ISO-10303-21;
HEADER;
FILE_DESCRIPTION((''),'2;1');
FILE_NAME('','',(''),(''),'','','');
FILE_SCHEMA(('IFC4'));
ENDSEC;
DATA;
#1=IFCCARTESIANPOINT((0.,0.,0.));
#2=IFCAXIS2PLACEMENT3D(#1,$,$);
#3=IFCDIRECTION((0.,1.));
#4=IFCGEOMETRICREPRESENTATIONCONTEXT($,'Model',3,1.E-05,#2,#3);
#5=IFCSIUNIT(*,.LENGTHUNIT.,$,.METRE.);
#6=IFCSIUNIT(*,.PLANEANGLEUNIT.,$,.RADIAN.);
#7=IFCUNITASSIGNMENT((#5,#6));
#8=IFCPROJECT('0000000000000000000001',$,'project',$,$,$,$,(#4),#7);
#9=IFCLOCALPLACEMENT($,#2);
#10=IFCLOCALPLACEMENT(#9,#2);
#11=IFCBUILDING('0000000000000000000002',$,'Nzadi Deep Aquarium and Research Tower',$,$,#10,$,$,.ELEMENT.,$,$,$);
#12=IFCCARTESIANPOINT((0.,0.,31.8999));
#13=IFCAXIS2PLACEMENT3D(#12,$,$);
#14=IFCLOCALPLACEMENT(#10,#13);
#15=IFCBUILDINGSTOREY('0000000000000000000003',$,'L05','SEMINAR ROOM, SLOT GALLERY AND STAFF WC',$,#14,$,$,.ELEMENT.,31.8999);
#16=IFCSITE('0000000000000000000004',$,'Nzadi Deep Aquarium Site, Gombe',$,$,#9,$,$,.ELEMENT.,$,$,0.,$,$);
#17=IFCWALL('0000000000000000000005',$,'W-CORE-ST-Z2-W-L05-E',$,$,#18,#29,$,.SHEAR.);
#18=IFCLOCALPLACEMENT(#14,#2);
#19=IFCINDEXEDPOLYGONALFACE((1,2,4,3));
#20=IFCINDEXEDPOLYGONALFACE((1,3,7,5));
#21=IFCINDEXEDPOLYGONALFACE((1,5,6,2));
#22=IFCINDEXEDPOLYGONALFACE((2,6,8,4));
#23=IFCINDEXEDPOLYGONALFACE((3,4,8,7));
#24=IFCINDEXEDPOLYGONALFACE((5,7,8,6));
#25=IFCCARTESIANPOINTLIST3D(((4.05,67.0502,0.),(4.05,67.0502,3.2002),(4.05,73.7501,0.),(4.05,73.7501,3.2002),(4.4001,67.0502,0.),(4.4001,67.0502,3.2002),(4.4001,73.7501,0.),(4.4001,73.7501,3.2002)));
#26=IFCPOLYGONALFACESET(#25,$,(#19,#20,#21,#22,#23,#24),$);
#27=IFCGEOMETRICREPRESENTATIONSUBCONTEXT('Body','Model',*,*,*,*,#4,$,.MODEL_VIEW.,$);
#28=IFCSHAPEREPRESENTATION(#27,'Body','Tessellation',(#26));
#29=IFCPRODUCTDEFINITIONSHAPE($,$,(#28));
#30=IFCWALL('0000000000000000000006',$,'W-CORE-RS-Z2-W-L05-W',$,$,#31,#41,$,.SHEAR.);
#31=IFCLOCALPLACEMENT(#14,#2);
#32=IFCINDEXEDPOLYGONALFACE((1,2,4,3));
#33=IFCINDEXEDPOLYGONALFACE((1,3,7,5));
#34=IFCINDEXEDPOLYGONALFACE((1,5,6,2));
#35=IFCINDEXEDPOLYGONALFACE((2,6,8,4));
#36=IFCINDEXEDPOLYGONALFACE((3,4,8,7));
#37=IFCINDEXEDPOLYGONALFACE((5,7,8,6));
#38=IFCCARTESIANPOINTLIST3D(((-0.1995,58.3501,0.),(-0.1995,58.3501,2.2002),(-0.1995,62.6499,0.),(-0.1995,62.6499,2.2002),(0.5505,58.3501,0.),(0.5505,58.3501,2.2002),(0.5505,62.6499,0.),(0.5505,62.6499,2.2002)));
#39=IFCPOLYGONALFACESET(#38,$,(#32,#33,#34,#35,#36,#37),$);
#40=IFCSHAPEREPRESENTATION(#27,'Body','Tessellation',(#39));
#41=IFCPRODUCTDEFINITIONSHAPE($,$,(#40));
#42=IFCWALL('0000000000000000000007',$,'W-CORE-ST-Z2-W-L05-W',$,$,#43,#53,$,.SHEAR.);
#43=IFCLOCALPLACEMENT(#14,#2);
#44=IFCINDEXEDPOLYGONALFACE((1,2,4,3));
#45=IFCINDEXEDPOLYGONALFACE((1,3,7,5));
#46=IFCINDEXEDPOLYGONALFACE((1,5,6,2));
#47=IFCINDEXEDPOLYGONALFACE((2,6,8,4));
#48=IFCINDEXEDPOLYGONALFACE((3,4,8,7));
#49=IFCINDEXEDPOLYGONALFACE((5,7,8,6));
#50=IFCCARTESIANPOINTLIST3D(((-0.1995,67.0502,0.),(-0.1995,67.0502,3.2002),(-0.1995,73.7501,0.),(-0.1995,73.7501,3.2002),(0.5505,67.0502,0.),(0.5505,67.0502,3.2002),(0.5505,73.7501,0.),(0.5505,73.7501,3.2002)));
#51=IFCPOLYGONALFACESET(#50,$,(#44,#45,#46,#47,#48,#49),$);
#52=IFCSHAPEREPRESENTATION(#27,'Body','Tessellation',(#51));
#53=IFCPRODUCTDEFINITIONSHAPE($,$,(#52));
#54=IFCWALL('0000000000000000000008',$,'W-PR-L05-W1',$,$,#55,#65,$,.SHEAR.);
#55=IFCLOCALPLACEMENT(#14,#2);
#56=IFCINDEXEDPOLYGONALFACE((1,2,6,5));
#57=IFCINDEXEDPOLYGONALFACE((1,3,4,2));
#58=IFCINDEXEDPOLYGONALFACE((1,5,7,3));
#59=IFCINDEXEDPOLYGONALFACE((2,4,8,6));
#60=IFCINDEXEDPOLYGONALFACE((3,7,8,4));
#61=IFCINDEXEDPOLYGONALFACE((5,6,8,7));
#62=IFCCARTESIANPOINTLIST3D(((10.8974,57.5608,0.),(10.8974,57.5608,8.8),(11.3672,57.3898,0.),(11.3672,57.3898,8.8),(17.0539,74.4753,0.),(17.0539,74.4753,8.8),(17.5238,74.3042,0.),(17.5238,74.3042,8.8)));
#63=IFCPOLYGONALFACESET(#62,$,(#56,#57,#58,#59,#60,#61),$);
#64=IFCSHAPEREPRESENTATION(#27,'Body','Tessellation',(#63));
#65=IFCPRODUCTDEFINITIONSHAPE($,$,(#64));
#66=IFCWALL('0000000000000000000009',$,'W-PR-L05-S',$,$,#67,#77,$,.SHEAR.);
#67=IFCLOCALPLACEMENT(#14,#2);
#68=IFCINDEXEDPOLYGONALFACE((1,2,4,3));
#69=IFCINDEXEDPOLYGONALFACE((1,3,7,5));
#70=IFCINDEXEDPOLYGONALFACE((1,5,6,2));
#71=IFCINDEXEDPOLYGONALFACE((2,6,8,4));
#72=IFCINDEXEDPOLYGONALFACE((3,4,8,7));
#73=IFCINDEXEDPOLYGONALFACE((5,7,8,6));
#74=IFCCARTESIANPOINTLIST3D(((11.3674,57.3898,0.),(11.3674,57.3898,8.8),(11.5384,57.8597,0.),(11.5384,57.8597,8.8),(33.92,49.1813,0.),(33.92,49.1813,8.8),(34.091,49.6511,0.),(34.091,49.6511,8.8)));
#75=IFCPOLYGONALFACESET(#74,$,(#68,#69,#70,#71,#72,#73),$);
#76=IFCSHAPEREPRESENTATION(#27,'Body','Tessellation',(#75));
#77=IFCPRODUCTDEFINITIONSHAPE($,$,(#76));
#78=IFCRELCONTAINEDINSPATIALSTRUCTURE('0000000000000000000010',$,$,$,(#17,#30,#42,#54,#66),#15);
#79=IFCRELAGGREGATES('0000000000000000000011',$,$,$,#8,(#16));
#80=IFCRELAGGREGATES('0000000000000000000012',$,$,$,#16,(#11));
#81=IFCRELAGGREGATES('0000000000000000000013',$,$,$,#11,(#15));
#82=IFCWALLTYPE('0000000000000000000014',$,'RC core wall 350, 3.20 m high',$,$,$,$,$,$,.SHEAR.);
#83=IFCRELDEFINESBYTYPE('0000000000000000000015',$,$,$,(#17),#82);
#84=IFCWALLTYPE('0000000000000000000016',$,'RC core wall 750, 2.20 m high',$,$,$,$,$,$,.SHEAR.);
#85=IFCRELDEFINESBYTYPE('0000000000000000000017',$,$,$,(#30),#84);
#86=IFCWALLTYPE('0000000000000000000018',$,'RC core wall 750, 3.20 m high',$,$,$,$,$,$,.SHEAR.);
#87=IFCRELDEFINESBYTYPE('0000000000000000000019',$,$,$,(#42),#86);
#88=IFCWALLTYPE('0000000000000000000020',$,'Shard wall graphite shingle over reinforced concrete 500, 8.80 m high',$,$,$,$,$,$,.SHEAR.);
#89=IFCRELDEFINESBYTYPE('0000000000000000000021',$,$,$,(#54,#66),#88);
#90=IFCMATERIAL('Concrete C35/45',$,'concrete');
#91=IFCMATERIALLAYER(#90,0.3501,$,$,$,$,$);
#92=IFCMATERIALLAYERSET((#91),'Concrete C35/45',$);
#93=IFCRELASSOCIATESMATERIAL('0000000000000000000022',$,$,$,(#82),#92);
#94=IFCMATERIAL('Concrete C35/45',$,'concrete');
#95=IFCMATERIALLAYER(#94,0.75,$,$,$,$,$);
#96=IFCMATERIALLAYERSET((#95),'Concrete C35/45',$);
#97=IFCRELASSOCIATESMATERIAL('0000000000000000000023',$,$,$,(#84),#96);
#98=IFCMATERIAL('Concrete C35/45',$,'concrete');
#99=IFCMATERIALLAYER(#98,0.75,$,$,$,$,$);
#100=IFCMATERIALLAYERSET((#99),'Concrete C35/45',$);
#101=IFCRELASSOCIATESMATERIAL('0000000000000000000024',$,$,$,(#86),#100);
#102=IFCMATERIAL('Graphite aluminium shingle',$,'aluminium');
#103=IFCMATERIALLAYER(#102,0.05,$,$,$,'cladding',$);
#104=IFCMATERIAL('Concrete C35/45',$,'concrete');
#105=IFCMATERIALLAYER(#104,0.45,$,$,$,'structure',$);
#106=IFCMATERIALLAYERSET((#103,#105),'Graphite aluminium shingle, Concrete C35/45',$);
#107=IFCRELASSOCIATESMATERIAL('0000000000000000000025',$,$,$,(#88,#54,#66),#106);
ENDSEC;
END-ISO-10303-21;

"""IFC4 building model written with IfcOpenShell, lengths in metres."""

from ifc_helpers import new_model, si_unit, direction, frame, frame_2d, origin, place, context, subcontext, project, spatial, rectangle, extrude, material, layer, layer_set, layer_usage, type_object, element, save


model = new_model("IFC4")

# Units and contexts
model_context = context("Model", 3, precision=1e-05, world=origin(), true_north=direction((0.0, 1.0)))
body_context = subcontext(model_context, "Body", "Model", "MODEL_VIEW")
ifc_project = project(units=[si_unit("LENGTHUNIT", "METRE"), si_unit("PLANEANGLEUNIT", "RADIAN")], contexts=[model_context])

# Site, building, storey
site_placement = place(None, origin())
site = spatial("IfcSite", under=ifc_project, at=site_placement, Name="Nzadi Deep Aquarium Site, Gombe", CompositionType="ELEMENT", RefElevation=0.0)
building_placement = place(site_placement, origin())
building = spatial("IfcBuilding", under=site, at=building_placement, Name="Nzadi Deep Aquarium and Research Tower", CompositionType="ELEMENT")
storey_placement = place(building_placement, frame((0.0, 0.0, 31.8999)))
storey = spatial("IfcBuildingStorey", under=building, at=storey_placement, Name="L05", Description="SEMINAR ROOM, SLOT GALLERY AND STAFF WC", CompositionType="ELEMENT", Elevation=31.8999)

# Shared definitions
ifc_material_1 = material(Name="Graphite aluminium shingle", Category="aluminium")
ifc_material_2 = material(Name="Concrete C35/45", Category="concrete")

# Shared definitions
ifc_material_3 = material(Name="Concrete C35/45", Category="concrete")
ifc_layer_1 = layer(ifc_material_3, 0.3501)
ifc_layer_set_1 = layer_set([ifc_layer_1], Name="Concrete C35/45")
wall_type_1 = type_object("IfcWallType", Name="RC core wall 350, 3.20 m high", PredefinedType="SHEAR", material=ifc_layer_set_1)

# Walls
wall_1_placement = place(storey_placement, frame((4.2251, 67.05, 0.0), z_axis=(0.0, 0.0, 1.0), x_axis=(0.0, 1.0, 0.0)))
element("IfcWall", 1, at=wall_1_placement, inside=storey, type_object=wall_type_1, Name="W-CORE-ST-Z2-W-L05-E", PredefinedType="SHEAR", context=body_context, shape_type="SweptSolid", body=[
    extrude(rectangle(XDim=6.7, YDim=0.3501, at=frame_2d((3.3501, 0.0))), origin(), (0.0, 0.0, 1.0), 3.2002),
])
ifc_material_4 = material(Name="Concrete C35/45", Category="concrete")
ifc_layer_2 = layer(ifc_material_4, 0.75)
ifc_layer_set_2 = layer_set([ifc_layer_2], Name="Concrete C35/45")
wall_type_2 = type_object("IfcWallType", Name="RC core wall 750, 2.20 m high", PredefinedType="SHEAR", material=ifc_layer_set_2)
wall_2_placement = place(storey_placement, frame((0.1755, 58.3501, 0.0), z_axis=(0.0, 0.0, 1.0), x_axis=(0.0, 1.0, 0.0)))
element("IfcWall", 2, at=wall_2_placement, inside=storey, type_object=wall_type_2, Name="W-CORE-RS-Z2-W-L05-W", PredefinedType="SHEAR", context=body_context, shape_type="SweptSolid", body=[
    extrude(rectangle(XDim=4.2998, YDim=0.75, at=frame_2d((2.1499, 0.0))), origin(), (0.0, 0.0, 1.0), 2.2002),
])
ifc_material_5 = material(Name="Concrete C35/45", Category="concrete")
ifc_layer_3 = layer(ifc_material_5, 0.75)
ifc_layer_set_3 = layer_set([ifc_layer_3], Name="Concrete C35/45")
wall_type_3 = type_object("IfcWallType", Name="RC core wall 750, 3.20 m high", PredefinedType="SHEAR", material=ifc_layer_set_3)
wall_3_placement = place(storey_placement, frame((0.1755, 67.05, 0.0), z_axis=(0.0, 0.0, 1.0), x_axis=(0.0, 1.0, 0.0)))
element("IfcWall", 3, at=wall_3_placement, inside=storey, type_object=wall_type_3, Name="W-CORE-ST-Z2-W-L05-W", PredefinedType="SHEAR", context=body_context, shape_type="SweptSolid", body=[
    extrude(rectangle(XDim=6.7, YDim=0.75, at=frame_2d((3.3501, 0.0))), origin(), (0.0, 0.0, 1.0), 3.2002),
])
ifc_layer_4 = layer(ifc_material_1, 0.05, Category="cladding")
ifc_layer_5 = layer(ifc_material_2, 0.45, Category="structure")
ifc_layer_set_4 = layer_set([ifc_layer_4, ifc_layer_5], Name="Graphite aluminium shingle, Concrete C35/45")
ifc_layer_usage_1 = layer_usage(ifc_layer_set_4, "AXIS2", "POSITIVE", -0.25)
wall_type_4 = type_object("IfcWallType", Name="Shard wall graphite shingle over reinforced concrete 500, 8.80 m high", PredefinedType="SHEAR", material=ifc_layer_set_4)
wall_4_placement = place(storey_placement, frame((11.1323, 57.4753, 0.0), z_axis=(0.0, 0.0, 1.0), x_axis=(0.342029, 0.939689, 0.0)))
element("IfcWall", 4, at=wall_4_placement, inside=storey, type_object=wall_type_4, material=ifc_layer_usage_1, Name="W-PR-L05-W1", PredefinedType="SHEAR", context=body_context, shape_type="SweptSolid", body=[
    extrude(rectangle(XDim=18.0, YDim=0.5, at=frame_2d((9.0, 0.0))), origin(), (0.0, 0.0, 1.0), 8.8),
])
ifc_layer_usage_2 = layer_usage(ifc_layer_set_4, "AXIS2", "POSITIVE", -0.25)
wall_5_placement = place(storey_placement, frame((11.4529, 57.6248, 0.0), z_axis=(0.0, 0.0, 1.0), x_axis=(0.939692, -0.342022, 0.0)))
element("IfcWall", 5, at=wall_5_placement, inside=storey, type_object=wall_type_4, material=ifc_layer_usage_2, Name="W-PR-L05-S", PredefinedType="SHEAR", context=body_context, shape_type="SweptSolid", body=[
    extrude(rectangle(XDim=24.0, YDim=0.5, at=frame_2d((12.0, 0.0))), origin(), (0.0, 0.0, 1.0), 8.8),
])

save(model, "model.ifc")
